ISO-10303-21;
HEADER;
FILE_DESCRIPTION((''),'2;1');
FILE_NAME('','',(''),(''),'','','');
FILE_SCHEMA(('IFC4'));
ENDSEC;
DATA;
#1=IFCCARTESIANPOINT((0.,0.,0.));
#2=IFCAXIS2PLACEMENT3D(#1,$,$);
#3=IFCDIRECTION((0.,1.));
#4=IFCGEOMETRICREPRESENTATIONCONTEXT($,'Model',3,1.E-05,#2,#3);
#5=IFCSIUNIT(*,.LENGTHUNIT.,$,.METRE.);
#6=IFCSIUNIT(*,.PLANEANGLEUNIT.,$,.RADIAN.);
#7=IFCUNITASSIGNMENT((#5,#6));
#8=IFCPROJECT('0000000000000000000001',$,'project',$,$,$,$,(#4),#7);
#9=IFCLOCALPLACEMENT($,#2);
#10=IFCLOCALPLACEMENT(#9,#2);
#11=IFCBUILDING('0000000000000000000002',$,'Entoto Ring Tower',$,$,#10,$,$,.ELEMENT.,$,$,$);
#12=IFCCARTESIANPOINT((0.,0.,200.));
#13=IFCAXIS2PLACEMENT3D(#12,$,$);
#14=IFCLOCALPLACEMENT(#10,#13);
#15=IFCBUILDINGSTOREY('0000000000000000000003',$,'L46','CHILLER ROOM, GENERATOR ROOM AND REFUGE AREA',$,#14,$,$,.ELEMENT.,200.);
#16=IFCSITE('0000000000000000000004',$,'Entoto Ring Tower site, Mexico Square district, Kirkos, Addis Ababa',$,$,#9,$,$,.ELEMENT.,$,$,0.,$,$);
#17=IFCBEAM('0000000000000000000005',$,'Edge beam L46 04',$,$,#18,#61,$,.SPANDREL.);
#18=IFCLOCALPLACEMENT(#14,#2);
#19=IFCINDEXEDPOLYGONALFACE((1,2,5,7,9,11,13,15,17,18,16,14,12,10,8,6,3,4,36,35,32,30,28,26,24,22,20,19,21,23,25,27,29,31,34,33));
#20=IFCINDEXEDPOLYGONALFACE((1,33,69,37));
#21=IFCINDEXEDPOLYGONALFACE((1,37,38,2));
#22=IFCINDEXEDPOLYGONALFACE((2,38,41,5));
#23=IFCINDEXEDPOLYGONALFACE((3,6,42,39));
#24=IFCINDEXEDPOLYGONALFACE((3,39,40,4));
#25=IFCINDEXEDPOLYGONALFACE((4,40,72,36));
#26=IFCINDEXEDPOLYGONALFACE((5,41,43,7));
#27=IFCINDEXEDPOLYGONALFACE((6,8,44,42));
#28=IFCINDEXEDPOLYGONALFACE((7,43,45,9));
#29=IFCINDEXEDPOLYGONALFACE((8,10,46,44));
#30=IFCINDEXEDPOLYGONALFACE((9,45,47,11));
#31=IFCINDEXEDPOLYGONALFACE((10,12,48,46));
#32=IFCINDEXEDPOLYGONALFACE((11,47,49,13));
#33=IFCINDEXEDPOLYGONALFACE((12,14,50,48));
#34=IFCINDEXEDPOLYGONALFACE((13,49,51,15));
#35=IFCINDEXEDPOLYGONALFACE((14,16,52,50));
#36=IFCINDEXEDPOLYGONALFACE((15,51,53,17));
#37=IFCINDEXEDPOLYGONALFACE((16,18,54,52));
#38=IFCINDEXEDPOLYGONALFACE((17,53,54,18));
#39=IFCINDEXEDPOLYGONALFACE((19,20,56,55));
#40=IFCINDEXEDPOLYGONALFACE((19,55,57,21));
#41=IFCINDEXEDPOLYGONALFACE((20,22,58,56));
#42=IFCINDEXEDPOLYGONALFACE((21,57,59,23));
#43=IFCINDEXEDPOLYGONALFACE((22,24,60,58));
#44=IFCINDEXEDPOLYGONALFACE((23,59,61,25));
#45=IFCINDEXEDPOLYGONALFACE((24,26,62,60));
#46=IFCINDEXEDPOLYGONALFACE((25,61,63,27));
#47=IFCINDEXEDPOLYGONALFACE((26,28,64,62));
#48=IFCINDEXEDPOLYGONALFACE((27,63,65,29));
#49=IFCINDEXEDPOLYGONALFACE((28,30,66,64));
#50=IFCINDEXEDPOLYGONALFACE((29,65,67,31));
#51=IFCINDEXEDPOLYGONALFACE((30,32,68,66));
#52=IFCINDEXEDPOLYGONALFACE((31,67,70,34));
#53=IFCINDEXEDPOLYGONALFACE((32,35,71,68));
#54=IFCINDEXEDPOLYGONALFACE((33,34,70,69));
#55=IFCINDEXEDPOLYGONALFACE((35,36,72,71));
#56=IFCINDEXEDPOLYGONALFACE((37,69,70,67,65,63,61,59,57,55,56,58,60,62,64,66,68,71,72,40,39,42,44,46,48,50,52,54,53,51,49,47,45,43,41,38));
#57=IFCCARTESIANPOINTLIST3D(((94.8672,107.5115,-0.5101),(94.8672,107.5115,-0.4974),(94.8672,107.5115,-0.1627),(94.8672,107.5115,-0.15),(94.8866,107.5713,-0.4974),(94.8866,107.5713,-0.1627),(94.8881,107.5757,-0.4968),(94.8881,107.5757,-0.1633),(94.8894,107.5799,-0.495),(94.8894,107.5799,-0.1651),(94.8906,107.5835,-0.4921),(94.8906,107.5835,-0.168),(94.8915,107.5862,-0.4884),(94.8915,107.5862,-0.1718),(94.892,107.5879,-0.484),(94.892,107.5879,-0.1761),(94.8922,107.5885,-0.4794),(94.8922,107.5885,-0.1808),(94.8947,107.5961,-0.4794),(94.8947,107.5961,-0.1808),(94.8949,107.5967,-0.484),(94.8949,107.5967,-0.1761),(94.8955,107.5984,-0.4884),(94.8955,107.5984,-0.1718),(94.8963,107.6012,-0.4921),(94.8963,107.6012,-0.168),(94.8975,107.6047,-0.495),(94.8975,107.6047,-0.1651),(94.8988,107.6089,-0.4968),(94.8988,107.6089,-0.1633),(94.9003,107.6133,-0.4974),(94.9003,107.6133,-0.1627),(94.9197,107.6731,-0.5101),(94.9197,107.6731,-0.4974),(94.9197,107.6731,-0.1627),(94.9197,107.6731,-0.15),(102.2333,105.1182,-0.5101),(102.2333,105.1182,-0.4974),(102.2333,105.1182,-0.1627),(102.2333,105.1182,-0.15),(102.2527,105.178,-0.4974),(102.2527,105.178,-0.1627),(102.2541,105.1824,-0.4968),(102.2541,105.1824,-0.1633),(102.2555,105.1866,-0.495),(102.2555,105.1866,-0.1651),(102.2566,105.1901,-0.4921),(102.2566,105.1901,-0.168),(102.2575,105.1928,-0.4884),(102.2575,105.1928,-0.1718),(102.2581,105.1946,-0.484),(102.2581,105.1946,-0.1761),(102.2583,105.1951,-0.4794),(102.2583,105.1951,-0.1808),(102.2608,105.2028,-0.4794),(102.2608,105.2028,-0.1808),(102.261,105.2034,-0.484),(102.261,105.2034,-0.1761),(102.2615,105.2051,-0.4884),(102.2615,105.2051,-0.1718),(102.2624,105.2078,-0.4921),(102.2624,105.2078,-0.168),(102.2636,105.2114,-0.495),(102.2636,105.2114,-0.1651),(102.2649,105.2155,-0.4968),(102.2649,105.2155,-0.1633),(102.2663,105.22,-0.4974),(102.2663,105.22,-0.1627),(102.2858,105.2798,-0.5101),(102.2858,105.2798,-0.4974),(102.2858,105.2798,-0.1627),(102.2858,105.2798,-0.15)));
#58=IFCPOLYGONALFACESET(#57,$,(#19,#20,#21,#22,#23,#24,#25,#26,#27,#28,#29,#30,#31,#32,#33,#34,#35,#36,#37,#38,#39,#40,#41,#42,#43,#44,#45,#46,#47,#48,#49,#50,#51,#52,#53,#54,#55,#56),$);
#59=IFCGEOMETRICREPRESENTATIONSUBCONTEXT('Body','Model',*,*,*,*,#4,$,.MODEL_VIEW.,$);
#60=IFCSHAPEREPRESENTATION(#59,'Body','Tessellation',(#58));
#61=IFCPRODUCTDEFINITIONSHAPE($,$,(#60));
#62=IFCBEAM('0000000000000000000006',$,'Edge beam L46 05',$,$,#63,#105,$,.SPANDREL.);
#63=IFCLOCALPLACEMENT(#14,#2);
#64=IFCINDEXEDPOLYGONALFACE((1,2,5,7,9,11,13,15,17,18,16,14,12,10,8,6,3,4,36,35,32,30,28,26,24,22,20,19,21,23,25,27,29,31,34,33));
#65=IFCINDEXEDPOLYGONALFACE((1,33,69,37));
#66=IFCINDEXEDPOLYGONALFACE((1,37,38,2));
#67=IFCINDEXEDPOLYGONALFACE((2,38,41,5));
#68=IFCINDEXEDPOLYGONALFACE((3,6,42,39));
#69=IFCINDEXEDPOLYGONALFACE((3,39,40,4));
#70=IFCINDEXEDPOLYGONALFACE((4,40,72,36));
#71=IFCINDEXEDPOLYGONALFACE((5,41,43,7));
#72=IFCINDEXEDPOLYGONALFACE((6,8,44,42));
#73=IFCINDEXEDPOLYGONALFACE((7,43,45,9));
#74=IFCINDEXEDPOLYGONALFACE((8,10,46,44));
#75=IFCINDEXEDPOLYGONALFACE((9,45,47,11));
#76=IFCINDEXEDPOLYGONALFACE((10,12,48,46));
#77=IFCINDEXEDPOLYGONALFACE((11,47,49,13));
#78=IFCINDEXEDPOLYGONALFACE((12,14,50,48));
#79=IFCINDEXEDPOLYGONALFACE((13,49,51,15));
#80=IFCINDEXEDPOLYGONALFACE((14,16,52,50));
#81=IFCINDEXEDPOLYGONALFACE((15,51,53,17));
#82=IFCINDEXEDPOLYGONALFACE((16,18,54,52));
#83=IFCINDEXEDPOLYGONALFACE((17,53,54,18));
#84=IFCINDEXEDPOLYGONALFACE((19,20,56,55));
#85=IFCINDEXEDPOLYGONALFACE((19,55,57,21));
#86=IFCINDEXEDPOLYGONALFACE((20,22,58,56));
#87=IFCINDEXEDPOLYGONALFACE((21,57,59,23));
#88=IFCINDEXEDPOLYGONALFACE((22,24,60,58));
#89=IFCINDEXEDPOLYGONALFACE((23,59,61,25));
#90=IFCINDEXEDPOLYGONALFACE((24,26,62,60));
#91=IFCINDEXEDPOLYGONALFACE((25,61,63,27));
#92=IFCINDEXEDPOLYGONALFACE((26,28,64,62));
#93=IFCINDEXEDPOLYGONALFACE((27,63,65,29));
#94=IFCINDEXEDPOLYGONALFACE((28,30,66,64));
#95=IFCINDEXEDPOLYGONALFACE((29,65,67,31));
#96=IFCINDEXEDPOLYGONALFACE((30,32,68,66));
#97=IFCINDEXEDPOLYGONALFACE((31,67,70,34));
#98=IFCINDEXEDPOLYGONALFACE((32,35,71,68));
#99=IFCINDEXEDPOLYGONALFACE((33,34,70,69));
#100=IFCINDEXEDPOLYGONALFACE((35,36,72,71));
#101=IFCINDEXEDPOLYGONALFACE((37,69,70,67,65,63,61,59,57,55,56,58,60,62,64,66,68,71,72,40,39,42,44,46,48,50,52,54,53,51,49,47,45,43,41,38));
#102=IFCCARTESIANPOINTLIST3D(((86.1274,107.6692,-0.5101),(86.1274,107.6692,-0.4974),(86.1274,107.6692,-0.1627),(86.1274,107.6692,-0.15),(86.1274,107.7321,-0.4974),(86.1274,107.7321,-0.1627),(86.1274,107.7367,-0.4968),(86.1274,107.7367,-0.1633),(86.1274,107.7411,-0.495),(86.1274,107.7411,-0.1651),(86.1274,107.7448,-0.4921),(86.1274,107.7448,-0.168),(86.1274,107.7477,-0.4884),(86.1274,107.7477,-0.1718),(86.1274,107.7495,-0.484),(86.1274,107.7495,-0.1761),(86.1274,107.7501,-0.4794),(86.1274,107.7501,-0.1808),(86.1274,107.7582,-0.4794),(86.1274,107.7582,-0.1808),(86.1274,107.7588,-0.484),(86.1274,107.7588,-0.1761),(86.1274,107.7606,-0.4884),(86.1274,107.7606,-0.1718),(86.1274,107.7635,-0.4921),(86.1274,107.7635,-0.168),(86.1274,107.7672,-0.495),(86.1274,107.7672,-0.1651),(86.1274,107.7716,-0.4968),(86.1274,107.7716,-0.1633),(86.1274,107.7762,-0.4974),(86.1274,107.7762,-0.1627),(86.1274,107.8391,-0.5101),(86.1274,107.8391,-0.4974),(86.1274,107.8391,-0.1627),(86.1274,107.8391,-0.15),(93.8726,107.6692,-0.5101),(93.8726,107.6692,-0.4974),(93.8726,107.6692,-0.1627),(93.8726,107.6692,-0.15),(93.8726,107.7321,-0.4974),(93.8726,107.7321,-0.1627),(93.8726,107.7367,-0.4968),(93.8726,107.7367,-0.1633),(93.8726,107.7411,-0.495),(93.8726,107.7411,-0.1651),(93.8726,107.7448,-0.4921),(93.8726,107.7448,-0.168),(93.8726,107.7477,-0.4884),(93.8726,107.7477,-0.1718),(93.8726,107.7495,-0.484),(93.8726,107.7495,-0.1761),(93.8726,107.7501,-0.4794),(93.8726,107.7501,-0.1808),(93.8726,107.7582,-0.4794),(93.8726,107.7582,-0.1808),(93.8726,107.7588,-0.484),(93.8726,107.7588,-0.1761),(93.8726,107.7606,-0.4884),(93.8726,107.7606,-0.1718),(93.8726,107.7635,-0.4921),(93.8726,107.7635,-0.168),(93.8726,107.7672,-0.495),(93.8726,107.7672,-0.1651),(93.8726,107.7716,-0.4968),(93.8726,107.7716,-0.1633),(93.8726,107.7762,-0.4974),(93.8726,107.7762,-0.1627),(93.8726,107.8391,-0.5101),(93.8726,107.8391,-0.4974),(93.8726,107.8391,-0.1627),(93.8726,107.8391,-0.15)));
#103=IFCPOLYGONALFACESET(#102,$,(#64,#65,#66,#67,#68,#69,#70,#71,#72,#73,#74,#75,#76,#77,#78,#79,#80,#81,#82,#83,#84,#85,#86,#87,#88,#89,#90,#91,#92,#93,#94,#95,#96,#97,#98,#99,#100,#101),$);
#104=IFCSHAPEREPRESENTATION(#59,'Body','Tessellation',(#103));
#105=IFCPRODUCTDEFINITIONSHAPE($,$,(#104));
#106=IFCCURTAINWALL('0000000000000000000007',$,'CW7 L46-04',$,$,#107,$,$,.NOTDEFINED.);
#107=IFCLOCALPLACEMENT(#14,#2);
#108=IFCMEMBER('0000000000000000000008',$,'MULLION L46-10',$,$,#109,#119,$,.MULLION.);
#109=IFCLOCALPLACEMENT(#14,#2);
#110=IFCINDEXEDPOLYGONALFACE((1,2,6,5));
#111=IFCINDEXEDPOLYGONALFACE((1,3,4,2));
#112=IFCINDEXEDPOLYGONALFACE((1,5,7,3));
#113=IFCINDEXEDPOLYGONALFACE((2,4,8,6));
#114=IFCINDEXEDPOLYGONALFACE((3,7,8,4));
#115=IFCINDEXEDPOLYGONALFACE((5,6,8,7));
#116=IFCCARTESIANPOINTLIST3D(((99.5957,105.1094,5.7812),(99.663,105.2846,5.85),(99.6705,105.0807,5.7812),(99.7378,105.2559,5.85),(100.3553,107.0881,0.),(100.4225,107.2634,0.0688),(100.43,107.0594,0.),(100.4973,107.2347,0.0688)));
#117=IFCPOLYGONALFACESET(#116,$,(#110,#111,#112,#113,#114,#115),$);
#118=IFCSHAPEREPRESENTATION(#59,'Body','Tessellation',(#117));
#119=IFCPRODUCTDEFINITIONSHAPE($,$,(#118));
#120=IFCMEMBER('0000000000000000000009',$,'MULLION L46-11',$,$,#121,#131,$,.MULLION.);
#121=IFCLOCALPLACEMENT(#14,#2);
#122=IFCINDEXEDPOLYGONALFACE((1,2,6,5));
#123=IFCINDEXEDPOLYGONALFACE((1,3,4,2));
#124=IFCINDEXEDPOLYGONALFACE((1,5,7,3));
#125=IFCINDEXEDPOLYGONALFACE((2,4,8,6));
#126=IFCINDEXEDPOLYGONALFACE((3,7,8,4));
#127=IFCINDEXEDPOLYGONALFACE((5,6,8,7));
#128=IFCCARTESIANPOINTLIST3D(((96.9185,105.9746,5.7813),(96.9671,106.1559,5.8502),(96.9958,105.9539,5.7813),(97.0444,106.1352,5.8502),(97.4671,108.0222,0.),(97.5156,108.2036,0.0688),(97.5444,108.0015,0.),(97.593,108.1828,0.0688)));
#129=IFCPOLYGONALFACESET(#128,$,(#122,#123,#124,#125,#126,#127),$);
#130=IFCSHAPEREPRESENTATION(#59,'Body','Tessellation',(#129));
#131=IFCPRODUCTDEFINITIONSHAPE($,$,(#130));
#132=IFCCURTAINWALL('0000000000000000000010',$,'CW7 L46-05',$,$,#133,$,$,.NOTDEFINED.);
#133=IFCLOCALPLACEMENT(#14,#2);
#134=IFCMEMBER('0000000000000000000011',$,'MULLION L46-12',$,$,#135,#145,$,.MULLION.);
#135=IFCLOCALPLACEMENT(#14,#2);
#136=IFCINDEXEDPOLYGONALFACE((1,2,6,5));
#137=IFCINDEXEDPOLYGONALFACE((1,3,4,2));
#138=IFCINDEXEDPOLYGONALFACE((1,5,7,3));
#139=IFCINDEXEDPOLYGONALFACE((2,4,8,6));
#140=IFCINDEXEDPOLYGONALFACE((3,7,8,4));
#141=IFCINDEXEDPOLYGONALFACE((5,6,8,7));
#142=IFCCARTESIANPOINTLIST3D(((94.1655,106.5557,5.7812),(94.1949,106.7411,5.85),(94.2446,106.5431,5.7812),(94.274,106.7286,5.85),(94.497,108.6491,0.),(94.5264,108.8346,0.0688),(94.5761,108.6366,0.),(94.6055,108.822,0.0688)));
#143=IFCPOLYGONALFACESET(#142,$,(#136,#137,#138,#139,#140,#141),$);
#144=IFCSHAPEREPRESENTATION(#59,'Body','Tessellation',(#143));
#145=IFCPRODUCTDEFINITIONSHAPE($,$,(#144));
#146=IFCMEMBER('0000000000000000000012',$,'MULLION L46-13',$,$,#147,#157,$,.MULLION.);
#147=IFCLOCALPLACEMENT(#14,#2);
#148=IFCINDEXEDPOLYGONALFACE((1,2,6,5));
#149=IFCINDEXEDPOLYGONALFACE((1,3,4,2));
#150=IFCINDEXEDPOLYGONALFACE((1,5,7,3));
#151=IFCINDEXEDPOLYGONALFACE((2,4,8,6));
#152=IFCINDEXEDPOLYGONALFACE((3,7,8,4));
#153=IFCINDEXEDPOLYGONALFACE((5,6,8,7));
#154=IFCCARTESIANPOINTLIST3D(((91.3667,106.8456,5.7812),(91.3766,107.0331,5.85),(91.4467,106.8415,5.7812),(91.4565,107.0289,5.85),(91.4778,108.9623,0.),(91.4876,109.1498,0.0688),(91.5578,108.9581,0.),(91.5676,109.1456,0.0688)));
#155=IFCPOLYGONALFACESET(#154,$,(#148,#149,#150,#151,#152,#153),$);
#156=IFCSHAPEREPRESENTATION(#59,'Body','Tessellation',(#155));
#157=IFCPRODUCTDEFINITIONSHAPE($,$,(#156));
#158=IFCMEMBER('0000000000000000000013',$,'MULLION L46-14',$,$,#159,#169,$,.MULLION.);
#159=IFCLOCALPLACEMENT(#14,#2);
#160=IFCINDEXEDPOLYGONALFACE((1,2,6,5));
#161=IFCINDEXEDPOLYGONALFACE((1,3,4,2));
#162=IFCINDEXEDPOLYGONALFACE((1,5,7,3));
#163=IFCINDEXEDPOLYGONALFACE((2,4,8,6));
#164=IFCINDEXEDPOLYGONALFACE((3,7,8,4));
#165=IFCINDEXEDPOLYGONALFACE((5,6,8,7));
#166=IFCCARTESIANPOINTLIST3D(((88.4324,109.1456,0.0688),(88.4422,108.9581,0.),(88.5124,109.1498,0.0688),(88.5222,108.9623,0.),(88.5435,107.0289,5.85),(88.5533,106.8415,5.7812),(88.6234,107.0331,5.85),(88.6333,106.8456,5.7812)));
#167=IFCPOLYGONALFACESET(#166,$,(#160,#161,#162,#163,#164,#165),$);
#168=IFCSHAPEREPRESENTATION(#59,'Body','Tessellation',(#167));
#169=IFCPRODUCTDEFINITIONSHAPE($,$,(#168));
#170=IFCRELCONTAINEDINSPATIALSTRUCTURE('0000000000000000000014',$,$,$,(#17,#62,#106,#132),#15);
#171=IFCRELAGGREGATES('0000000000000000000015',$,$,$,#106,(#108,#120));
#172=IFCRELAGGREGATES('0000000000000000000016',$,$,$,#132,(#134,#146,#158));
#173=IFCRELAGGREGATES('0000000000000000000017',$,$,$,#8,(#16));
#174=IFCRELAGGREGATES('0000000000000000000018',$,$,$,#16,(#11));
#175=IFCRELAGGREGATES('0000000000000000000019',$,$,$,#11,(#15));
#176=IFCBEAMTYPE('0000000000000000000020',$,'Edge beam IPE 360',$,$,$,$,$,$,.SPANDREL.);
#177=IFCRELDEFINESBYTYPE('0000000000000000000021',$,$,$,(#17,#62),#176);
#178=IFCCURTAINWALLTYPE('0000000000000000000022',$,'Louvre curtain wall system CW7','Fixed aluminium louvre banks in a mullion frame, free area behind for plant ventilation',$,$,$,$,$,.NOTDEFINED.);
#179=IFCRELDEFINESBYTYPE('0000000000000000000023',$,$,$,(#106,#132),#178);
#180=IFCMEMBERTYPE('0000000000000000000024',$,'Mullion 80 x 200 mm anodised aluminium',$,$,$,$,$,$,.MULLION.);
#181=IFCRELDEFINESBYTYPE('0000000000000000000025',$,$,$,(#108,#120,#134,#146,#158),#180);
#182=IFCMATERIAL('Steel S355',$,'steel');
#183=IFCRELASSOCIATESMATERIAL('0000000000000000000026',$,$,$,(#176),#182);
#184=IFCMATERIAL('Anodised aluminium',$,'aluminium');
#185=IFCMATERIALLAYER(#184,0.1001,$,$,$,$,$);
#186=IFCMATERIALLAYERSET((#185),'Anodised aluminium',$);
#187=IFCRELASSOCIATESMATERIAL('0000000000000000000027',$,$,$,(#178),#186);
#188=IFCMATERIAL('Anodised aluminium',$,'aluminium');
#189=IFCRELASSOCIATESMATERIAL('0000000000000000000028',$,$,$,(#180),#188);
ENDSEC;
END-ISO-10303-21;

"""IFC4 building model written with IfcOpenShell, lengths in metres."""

from ifc_helpers import new_model, si_unit, direction, frame, origin, origin_2d, place, context, subcontext, project, spatial, rectangle, i_section, extrude, material, layer, layer_set, material_profile, profile_set, type_object, element, aggregate, save


model = new_model("IFC4")

# Units and contexts
model_context = context("Model", 3, precision=1e-05, world=origin(), true_north=direction((0.0, 1.0)))
body_context = subcontext(model_context, "Body", "Model", "MODEL_VIEW")
ifc_project = project(units=[si_unit("LENGTHUNIT", "METRE"), si_unit("PLANEANGLEUNIT", "RADIAN")], contexts=[model_context])

# Site, building, storey
site_placement = place(None, origin())
site = spatial("IfcSite", under=ifc_project, at=site_placement, Name="Entoto Ring Tower site, Mexico Square district, Kirkos, Addis Ababa", CompositionType="ELEMENT", RefElevation=0.0)
building_placement = place(site_placement, origin())
building = spatial("IfcBuilding", under=site, at=building_placement, Name="Entoto Ring Tower", CompositionType="ELEMENT")
storey_placement = place(building_placement, frame((0.0, 0.0, 200.0)))
storey = spatial("IfcBuildingStorey", under=building, at=storey_placement, Name="L46", Description="CHILLER ROOM, GENERATOR ROOM AND REFUGE AREA", CompositionType="ELEMENT", Elevation=200.0)

# Beams
ifc_material_1 = material(Name="Steel S355", Category="steel")
ifc_material_profile_1 = material_profile(ifc_material_1, i_section(OverallWidth=0.1699, OverallDepth=0.3601, WebThickness=0.0081, FlangeThickness=0.0127, FilletRadius=0.0181, at=origin_2d()), Name="IPE 360")
ifc_profile_set_1 = profile_set([ifc_material_profile_1], Name="Steel S355")
beam_type_1 = type_object("IfcBeamType", Name="Edge beam IPE 360", PredefinedType="SPANDREL", material=ifc_profile_set_1)
for number, where, z_axis, x_axis, name in (
    (1, (102.2595, 105.199, -0.3301), (-0.951058, 0.309013, 0.0), (-0.309013, -0.951058, 0.0), "Edge beam L46 04"),
    (2, (93.8726, 107.7542, -0.3301), (-1.0, 0.0, 0.0), (0.0, -1.0, 0.0), "Edge beam L46 05"),
):
    element("IfcBeam", number, at=place(storey_placement, frame(where, z_axis=z_axis, x_axis=x_axis)), inside=storey, type_object=beam_type_1, Name=name, PredefinedType="SPANDREL", context=body_context, shape_type="SweptSolid", body=[
        extrude(i_section(OverallWidth=0.1699, OverallDepth=0.3601, WebThickness=0.0081, FlangeThickness=0.0127, FilletRadius=0.0181, at=origin_2d()), origin(), (0.0, 0.0, 1.0), 7.7451),
    ])

# Curtain walls, members
ifc_material_2 = material(Name="Anodised aluminium", Category="aluminium")
ifc_layer_1 = layer(ifc_material_2, 0.1001)
ifc_layer_set_1 = layer_set([ifc_layer_1], Name="Anodised aluminium")
curtain_wall_type = type_object("IfcCurtainWallType", Name="Louvre curtain wall system CW7", Description="Fixed aluminium louvre banks in a mullion frame, free area behind for plant ventilation", PredefinedType="NOTDEFINED", material=ifc_layer_set_1)
curtain_wall_1_placement = place(storey_placement, origin())
curtain_wall_1 = element("IfcCurtainWall", 3, at=curtain_wall_1_placement, inside=storey, type_object=curtain_wall_type, Name="CW7 L46-04", PredefinedType="NOTDEFINED")
ifc_material_3 = material(Name="Anodised aluminium", Category="aluminium")
ifc_material_profile_2 = material_profile(ifc_material_3, rectangle(XDim=0.0801, YDim=0.2, at=origin_2d()), Name="Mullion 80 x 200 mm anodised aluminium")
ifc_profile_set_2 = profile_set([ifc_material_profile_2], Name="Anodised aluminium")
member_type_1 = type_object("IfcMemberType", Name="Mullion 80 x 200 mm anodised aluminium", PredefinedType="MULLION", material=ifc_profile_set_2)
member_1_placement = place(storey_placement, frame((100.4263, 107.1614, 0.0344), z_axis=(-0.123348, -0.321356, 0.938891), x_axis=(0.933589, -0.358346, 0.0)))
member_1 = element("IfcMember", 4, at=member_1_placement, type_object=member_type_1, Name="MULLION L46-10", PredefinedType="MULLION", context=body_context, shape_type="SweptSolid", body=[
    extrude(rectangle(XDim=0.0801, YDim=0.2, at=origin_2d()), origin(), (0.0, 0.0, 1.0), 6.1575),
])
member_2_placement = place(storey_placement, frame((97.53, 108.1025, 0.0344), z_axis=(-0.08909, -0.332531, 0.938875), x_axis=(0.965934, -0.258788, 0.0)))
member_2 = element("IfcMember", 5, at=member_2_placement, type_object=member_type_1, Name="MULLION L46-11", PredefinedType="MULLION", context=body_context, shape_type="SweptSolid", body=[
    extrude(rectangle(XDim=0.0801, YDim=0.2, at=origin_2d()), origin(), (0.0, 0.0, 1.0), 6.1577),
])
aggregate(curtain_wall_1, [member_1, member_2])
curtain_wall_2_placement = place(storey_placement, origin())
curtain_wall_2 = element("IfcCurtainWall", 6, at=curtain_wall_2_placement, inside=storey, type_object=curtain_wall_type, Name="CW7 L46-05", PredefinedType="NOTDEFINED")
member_3_placement = place(storey_placement, frame((94.5513, 108.7356, 0.0344), z_axis=(-0.053843, -0.33999, 0.938887), x_axis=(0.987691, -0.156418, 0.0)))
member_3 = element("IfcMember", 7, at=member_3_placement, type_object=member_type_1, Name="MULLION L46-12", PredefinedType="MULLION", context=body_context, shape_type="SweptSolid", body=[
    extrude(rectangle(XDim=0.0801, YDim=0.2, at=origin_2d()), origin(), (0.0, 0.0, 1.0), 6.1575),
])
member_4_placement = place(storey_placement, frame((91.5227, 109.054, 0.0344), z_axis=(-0.01804, -0.343756, 0.938886), x_axis=(0.998626, -0.052408, 0.0)))
member_4 = element("IfcMember", 8, at=member_4_placement, type_object=member_type_1, Name="MULLION L46-13", PredefinedType="MULLION", context=body_context, shape_type="SweptSolid", body=[
    extrude(rectangle(XDim=0.0801, YDim=0.2, at=origin_2d()), origin(), (0.0, 0.0, 1.0), 6.1575),
])
member_5_placement = place(storey_placement, frame((88.4773, 109.054, 0.0344), z_axis=(0.01804, -0.343756, 0.938886), x_axis=(0.998626, 0.052408, 0.0)))
member_5 = element("IfcMember", 9, at=member_5_placement, type_object=member_type_1, Name="MULLION L46-14", PredefinedType="MULLION", context=body_context, shape_type="SweptSolid", body=[
    extrude(rectangle(XDim=0.0801, YDim=0.2, at=origin_2d()), origin(), (0.0, 0.0, 1.0), 6.1575),
])
aggregate(curtain_wall_2, [member_3, member_4, member_5])

save(model, "model.ifc")
